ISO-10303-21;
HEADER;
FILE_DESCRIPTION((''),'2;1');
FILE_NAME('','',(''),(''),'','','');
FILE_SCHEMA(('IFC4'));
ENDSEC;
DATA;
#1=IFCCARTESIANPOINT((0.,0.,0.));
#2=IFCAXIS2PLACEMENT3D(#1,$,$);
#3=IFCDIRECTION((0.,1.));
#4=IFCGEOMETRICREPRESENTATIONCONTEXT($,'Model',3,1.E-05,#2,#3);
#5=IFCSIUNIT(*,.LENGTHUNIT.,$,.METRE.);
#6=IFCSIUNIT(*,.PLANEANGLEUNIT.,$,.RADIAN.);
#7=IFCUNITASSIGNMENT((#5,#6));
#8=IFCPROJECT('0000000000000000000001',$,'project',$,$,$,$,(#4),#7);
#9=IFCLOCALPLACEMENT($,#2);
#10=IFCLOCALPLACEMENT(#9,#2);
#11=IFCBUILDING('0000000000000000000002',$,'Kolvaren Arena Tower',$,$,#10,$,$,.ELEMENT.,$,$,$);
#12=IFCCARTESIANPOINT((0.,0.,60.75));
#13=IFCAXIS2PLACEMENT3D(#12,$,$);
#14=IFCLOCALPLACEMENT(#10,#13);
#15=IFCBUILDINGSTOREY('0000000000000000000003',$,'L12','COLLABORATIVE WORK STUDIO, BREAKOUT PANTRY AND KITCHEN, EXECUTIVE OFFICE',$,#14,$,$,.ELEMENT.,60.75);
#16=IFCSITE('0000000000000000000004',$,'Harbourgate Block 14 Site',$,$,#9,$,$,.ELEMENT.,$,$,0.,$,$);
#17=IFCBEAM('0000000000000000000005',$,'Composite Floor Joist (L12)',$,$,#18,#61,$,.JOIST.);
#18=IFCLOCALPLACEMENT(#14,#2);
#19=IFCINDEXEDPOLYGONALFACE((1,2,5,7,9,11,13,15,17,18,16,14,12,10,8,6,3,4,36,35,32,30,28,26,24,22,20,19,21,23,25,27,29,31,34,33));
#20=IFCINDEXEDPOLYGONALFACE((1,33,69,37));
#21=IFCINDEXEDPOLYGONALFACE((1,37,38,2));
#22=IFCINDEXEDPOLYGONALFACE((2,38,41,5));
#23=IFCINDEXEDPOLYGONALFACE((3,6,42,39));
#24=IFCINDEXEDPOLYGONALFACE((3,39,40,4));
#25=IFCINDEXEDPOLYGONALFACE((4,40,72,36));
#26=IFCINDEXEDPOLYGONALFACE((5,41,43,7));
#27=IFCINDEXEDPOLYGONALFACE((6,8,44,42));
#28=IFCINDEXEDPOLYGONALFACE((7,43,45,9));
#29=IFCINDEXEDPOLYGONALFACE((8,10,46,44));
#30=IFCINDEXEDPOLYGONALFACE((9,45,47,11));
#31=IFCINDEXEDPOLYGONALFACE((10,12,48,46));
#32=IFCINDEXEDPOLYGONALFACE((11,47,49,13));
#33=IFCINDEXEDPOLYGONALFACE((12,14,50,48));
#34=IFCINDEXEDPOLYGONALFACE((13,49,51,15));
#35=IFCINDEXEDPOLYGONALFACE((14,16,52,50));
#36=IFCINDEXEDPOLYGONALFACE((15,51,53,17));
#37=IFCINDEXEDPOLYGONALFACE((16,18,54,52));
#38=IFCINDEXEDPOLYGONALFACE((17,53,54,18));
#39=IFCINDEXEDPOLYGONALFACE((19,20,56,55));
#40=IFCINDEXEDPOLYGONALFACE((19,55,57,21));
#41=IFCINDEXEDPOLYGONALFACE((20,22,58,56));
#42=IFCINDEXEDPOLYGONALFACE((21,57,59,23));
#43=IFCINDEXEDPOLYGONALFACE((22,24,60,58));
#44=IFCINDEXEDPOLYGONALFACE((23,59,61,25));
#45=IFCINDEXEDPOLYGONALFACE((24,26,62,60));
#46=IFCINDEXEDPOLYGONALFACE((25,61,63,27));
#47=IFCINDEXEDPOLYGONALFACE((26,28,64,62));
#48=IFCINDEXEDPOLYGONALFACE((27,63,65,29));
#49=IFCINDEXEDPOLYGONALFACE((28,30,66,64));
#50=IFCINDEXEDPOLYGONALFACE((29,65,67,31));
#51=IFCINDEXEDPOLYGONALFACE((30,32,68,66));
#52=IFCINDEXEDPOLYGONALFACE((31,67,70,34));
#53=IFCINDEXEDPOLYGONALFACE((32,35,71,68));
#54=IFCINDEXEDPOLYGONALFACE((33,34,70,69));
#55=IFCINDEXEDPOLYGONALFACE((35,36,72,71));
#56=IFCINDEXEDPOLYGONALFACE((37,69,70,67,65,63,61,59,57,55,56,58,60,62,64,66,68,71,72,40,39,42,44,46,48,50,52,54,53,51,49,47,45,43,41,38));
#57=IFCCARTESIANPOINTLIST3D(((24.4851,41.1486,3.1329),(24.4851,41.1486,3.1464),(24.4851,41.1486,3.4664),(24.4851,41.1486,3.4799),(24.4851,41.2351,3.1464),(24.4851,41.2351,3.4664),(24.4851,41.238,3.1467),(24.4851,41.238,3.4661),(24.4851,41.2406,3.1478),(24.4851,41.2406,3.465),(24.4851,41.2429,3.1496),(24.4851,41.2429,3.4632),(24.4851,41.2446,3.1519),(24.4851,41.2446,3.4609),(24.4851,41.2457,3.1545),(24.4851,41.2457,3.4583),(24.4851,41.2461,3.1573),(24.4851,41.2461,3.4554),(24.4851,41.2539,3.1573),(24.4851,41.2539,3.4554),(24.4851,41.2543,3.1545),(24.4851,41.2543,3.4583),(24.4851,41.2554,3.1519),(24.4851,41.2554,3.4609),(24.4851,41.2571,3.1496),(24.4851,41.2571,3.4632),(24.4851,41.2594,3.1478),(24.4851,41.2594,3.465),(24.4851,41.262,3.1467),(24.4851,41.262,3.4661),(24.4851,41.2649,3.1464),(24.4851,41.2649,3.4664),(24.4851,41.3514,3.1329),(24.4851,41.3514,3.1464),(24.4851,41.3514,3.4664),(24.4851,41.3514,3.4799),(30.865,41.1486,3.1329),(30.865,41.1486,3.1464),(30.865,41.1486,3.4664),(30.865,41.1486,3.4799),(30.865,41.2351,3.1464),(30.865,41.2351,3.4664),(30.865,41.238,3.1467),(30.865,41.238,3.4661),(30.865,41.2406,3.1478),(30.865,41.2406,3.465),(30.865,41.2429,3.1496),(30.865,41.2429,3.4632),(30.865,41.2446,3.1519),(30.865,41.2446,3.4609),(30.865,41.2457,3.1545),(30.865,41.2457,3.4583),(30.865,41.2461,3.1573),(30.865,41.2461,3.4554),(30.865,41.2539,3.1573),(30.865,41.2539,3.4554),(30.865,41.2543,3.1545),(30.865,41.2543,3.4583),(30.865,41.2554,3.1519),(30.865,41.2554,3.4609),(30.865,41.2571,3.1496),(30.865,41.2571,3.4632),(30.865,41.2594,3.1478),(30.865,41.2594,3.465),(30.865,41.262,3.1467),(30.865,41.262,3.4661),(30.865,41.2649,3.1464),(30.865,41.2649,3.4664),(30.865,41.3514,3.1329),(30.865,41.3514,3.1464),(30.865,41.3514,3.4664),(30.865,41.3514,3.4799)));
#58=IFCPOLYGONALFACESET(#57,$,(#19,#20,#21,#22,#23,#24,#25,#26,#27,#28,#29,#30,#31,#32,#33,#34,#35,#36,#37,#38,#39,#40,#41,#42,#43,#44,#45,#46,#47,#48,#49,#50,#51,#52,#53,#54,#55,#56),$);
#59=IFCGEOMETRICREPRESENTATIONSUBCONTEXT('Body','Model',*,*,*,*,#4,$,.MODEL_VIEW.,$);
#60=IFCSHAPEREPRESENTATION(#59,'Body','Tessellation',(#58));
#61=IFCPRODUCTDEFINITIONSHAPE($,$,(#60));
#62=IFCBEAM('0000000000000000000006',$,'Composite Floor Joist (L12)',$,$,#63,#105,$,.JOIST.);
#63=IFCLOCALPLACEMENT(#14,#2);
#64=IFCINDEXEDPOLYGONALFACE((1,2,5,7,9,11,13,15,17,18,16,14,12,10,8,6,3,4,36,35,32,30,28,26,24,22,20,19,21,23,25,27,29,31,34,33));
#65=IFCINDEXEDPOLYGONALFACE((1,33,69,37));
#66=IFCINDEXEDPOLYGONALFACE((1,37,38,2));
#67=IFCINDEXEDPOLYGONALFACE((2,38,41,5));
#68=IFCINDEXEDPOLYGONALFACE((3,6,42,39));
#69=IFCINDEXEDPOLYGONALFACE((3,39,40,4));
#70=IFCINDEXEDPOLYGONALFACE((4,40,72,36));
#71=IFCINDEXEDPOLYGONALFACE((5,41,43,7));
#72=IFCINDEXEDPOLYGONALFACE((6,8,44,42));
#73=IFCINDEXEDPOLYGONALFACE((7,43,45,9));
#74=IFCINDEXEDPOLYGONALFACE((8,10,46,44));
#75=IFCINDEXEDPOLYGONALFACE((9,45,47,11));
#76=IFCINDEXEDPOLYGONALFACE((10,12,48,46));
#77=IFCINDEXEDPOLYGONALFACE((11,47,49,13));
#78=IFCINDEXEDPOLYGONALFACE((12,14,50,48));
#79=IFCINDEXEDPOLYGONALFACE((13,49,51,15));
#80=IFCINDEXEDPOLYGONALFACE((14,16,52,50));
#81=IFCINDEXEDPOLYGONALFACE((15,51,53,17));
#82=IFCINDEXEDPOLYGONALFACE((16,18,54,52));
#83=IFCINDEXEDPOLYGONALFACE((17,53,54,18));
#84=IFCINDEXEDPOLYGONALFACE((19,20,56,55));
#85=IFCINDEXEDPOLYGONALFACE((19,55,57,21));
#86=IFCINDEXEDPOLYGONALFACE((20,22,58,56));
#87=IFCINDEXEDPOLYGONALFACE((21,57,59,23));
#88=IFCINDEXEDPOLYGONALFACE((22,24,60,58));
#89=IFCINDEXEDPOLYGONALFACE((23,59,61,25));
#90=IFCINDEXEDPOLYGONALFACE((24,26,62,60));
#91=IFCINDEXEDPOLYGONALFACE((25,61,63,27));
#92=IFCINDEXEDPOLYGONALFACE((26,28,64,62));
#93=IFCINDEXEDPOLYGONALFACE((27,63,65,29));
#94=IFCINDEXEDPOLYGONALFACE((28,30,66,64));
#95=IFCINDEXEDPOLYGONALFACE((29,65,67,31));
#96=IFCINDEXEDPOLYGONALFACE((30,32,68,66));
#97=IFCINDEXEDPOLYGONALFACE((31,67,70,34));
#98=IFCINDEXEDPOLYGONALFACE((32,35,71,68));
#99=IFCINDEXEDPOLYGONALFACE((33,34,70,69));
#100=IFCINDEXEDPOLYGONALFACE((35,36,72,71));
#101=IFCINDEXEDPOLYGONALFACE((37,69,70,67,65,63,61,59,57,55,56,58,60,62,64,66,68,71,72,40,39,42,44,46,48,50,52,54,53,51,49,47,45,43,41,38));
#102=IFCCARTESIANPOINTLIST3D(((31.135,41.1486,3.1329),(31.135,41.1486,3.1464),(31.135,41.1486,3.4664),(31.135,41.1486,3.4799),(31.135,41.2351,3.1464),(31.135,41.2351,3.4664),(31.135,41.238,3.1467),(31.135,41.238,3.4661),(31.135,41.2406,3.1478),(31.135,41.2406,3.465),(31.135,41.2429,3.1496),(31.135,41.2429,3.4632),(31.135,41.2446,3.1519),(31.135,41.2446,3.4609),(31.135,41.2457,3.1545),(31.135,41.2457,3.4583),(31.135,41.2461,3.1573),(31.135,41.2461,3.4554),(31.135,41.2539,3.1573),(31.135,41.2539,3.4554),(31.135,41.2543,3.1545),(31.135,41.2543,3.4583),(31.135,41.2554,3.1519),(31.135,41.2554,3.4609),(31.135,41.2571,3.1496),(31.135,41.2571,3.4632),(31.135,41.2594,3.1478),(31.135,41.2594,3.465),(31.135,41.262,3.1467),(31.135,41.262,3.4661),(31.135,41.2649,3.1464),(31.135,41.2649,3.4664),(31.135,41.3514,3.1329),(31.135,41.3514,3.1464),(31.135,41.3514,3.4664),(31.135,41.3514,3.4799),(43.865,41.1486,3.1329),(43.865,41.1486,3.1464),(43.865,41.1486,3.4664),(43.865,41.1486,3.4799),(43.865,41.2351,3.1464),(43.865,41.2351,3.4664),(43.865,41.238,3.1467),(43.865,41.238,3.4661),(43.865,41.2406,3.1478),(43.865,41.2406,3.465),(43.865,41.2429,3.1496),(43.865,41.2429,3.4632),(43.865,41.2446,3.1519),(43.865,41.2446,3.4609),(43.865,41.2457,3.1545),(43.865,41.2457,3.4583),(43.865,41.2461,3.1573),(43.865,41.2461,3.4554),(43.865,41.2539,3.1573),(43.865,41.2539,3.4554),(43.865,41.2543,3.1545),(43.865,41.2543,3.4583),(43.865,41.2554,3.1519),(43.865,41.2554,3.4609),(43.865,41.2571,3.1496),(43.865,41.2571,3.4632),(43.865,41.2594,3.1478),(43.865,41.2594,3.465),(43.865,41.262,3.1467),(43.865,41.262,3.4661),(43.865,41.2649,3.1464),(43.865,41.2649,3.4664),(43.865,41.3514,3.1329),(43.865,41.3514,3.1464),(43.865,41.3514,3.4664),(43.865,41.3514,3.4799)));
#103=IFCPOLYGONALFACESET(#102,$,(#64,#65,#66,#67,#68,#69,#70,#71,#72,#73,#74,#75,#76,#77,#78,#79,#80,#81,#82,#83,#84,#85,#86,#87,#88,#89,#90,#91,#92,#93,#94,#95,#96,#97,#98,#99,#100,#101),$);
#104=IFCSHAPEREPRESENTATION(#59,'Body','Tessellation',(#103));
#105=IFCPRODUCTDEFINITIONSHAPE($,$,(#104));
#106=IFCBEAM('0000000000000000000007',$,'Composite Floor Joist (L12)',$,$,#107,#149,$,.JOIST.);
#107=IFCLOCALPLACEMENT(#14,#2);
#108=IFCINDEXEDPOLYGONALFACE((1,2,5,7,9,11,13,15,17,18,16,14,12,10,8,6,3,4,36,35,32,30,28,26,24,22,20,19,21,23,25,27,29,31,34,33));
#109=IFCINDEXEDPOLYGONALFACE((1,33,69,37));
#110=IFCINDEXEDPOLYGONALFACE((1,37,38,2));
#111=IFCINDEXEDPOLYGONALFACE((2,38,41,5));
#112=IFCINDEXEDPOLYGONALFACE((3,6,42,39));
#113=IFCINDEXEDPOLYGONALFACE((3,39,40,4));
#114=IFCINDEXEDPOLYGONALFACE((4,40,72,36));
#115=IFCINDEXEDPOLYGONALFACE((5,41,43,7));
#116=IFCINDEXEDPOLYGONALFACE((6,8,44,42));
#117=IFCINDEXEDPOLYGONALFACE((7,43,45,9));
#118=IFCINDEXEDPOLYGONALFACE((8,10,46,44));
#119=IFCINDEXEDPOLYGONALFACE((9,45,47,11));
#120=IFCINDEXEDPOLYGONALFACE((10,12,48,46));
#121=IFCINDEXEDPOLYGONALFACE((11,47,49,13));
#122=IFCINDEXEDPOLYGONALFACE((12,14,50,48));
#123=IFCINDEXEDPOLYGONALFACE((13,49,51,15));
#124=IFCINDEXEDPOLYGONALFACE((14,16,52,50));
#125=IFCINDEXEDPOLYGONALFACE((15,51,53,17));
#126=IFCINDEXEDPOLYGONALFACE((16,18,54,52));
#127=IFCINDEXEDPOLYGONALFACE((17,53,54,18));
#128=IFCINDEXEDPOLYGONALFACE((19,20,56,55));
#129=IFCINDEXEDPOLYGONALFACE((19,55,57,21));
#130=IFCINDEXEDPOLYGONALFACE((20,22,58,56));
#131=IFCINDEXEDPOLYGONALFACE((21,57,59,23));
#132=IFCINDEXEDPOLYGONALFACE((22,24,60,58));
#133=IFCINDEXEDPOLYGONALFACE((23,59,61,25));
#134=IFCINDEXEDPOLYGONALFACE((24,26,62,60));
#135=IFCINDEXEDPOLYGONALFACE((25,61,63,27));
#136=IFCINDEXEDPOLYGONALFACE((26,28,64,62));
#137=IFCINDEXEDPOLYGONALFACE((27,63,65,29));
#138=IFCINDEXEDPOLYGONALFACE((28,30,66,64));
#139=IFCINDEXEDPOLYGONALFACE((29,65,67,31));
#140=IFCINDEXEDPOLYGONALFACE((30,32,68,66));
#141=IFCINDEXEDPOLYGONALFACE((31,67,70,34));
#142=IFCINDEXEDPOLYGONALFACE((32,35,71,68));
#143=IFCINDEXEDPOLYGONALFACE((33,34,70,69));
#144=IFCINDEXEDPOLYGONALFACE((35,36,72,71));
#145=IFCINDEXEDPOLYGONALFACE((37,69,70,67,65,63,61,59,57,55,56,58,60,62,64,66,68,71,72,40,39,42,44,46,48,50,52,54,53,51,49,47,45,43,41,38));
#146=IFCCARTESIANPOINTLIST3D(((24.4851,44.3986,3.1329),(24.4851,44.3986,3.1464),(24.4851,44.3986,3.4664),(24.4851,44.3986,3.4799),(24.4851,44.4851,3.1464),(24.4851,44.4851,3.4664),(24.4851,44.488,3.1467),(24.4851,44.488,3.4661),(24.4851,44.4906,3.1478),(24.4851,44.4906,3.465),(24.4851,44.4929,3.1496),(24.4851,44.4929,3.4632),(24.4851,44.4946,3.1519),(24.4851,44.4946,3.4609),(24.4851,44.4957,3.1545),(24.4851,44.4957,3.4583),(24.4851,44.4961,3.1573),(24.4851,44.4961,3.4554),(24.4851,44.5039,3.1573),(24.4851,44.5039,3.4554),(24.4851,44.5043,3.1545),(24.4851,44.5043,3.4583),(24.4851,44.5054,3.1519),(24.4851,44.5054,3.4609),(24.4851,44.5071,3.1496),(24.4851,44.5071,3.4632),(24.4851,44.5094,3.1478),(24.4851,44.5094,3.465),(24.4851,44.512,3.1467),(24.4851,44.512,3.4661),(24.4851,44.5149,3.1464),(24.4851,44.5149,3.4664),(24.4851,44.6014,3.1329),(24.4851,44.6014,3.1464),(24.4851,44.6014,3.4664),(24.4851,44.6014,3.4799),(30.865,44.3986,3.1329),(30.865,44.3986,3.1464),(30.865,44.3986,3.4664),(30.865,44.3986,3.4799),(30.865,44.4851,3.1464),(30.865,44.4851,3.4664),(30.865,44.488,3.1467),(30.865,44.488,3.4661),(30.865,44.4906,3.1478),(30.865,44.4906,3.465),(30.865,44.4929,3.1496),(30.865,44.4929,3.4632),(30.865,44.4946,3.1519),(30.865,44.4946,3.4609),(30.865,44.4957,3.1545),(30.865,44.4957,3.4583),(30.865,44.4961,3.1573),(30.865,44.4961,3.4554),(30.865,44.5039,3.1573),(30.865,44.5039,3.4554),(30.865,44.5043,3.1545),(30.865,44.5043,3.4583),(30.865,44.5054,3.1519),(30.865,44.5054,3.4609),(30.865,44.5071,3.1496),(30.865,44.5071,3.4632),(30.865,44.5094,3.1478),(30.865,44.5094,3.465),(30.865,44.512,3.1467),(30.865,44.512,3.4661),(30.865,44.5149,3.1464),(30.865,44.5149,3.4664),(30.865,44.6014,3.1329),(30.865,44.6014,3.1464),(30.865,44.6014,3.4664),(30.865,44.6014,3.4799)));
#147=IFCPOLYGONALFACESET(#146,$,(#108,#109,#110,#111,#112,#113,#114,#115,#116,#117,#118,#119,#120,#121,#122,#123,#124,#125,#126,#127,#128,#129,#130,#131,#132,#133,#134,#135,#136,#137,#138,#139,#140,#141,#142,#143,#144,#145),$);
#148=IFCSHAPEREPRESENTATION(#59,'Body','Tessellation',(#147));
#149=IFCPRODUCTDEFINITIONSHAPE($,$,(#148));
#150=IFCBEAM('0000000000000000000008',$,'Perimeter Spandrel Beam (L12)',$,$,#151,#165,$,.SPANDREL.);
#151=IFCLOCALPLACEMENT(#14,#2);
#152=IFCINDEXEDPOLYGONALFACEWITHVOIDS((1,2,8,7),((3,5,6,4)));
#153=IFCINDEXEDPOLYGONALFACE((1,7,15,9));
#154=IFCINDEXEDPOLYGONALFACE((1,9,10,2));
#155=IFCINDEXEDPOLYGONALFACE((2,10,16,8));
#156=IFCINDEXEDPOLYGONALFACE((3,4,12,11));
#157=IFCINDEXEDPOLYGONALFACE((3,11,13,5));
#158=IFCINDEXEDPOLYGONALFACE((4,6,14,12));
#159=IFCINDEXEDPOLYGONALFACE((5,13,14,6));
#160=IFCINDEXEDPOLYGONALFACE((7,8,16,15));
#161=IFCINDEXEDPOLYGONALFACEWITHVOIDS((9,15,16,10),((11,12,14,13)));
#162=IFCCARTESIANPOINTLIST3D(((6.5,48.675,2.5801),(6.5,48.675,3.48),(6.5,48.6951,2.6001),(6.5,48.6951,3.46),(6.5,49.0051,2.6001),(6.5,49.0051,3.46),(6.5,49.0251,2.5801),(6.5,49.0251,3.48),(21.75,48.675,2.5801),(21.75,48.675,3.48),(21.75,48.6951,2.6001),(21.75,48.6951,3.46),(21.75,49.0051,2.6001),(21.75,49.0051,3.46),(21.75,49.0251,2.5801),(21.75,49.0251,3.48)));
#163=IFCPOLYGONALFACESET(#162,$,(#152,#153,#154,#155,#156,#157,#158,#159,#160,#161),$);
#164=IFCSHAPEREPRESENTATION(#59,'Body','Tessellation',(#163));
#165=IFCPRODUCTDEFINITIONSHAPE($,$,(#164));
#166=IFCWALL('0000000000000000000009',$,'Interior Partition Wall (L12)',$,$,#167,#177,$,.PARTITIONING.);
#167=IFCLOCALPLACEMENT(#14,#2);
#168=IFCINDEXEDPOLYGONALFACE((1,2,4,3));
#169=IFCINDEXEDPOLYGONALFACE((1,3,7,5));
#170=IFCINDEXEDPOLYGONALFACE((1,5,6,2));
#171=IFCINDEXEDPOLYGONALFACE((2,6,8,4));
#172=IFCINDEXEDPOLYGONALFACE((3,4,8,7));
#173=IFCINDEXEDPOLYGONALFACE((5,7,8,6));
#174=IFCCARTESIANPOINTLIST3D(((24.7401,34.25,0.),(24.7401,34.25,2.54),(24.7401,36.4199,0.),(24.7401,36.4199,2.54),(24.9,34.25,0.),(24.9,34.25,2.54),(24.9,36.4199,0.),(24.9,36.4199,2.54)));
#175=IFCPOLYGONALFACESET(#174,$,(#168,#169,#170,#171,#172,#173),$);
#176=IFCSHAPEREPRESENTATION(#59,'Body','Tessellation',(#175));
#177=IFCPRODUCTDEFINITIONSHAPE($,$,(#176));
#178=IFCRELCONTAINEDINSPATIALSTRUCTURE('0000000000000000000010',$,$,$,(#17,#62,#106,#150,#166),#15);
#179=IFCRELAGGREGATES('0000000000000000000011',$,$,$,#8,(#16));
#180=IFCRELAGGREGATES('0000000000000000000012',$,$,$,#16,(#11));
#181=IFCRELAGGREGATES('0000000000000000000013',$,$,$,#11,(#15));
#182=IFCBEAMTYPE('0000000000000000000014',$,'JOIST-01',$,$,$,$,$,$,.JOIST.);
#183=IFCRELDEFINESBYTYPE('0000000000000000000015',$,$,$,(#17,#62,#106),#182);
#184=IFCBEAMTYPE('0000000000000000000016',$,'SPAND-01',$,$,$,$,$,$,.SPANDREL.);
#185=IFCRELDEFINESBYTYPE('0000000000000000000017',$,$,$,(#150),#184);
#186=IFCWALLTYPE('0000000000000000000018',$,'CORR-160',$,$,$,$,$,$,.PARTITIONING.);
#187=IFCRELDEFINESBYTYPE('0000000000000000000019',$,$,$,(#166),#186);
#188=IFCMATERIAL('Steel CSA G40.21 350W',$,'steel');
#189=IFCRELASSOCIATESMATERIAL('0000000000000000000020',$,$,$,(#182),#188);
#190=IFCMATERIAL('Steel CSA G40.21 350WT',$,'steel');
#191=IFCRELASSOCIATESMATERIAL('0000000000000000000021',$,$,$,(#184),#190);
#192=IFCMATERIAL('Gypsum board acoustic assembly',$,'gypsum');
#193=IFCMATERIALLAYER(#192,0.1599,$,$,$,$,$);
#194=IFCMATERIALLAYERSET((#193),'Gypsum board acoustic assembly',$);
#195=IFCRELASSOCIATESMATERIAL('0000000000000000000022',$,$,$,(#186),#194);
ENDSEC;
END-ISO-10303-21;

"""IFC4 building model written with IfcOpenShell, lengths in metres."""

from ifc_helpers import new_model, si_unit, direction, frame, frame_2d, origin, origin_2d, place, context, subcontext, project, spatial, rectangle, hollow_rectangle, i_section, extrude, material, layer, layer_set, material_profile, profile_set, type_object, element, save


model = new_model("IFC4")

# Units and contexts
model_context = context("Model", 3, precision=1e-05, world=origin(), true_north=direction((0.0, 1.0)))
body_context = subcontext(model_context, "Body", "Model", "MODEL_VIEW")
ifc_project = project(units=[si_unit("LENGTHUNIT", "METRE"), si_unit("PLANEANGLEUNIT", "RADIAN")], contexts=[model_context])

# Site, building, storey
site_placement = place(None, origin())
site = spatial("IfcSite", under=ifc_project, at=site_placement, Name="Harbourgate Block 14 Site", CompositionType="ELEMENT", RefElevation=0.0)
building_placement = place(site_placement, origin())
building = spatial("IfcBuilding", under=site, at=building_placement, Name="Kolvaren Arena Tower", CompositionType="ELEMENT")
storey_placement = place(building_placement, frame((0.0, 0.0, 60.75)))
storey = spatial("IfcBuildingStorey", under=building, at=storey_placement, Name="L12", Description="COLLABORATIVE WORK STUDIO, BREAKOUT PANTRY AND KITCHEN, EXECUTIVE OFFICE", CompositionType="ELEMENT", Elevation=60.75)

# Beams
ifc_material_1 = material(Name="Steel CSA G40.21 350W", Category="steel")
ifc_material_profile_1 = material_profile(ifc_material_1, i_section(OverallWidth=0.2029, OverallDepth=0.3469, WebThickness=0.0078, FlangeThickness=0.0134, FilletRadius=0.011, at=origin_2d()), Name="W360x64")
ifc_profile_set_1 = profile_set([ifc_material_profile_1], Name="Steel CSA G40.21 350W")
beam_type_1 = type_object("IfcBeamType", Name="JOIST-01", PredefinedType="JOIST", material=ifc_profile_set_1)
beam_1_placement = place(storey_placement, frame((24.4851, 41.25, 3.3064), z_axis=(1.0, 0.0, 0.0), x_axis=(0.0, 1.0, 0.0)))
element("IfcBeam", 1, at=beam_1_placement, inside=storey, type_object=beam_type_1, Name="Composite Floor Joist (L12)", PredefinedType="JOIST", context=body_context, shape_type="SweptSolid", body=[
    extrude(i_section(OverallWidth=0.2029, OverallDepth=0.3469, WebThickness=0.0078, FlangeThickness=0.0134, FilletRadius=0.011, at=origin_2d()), origin(), (0.0, 0.0, 1.0), 6.3799),
])
beam_2_placement = place(storey_placement, frame((31.135, 41.25, 3.3064), z_axis=(1.0, 0.0, 0.0), x_axis=(0.0, 1.0, 0.0)))
element("IfcBeam", 2, at=beam_2_placement, inside=storey, type_object=beam_type_1, Name="Composite Floor Joist (L12)", PredefinedType="JOIST", context=body_context, shape_type="SweptSolid", body=[
    extrude(i_section(OverallWidth=0.2029, OverallDepth=0.3469, WebThickness=0.0078, FlangeThickness=0.0134, FilletRadius=0.011, at=origin_2d()), origin(), (0.0, 0.0, 1.0), 12.73),
])
beam_3_placement = place(storey_placement, frame((24.4851, 44.5, 3.3064), z_axis=(1.0, 0.0, 0.0), x_axis=(0.0, 1.0, 0.0)))
element("IfcBeam", 3, at=beam_3_placement, inside=storey, type_object=beam_type_1, Name="Composite Floor Joist (L12)", PredefinedType="JOIST", context=body_context, shape_type="SweptSolid", body=[
    extrude(i_section(OverallWidth=0.2029, OverallDepth=0.3469, WebThickness=0.0078, FlangeThickness=0.0134, FilletRadius=0.011, at=origin_2d()), origin(), (0.0, 0.0, 1.0), 6.3799),
])
ifc_material_2 = material(Name="Steel CSA G40.21 350WT", Category="steel")
ifc_material_profile_2 = material_profile(ifc_material_2, hollow_rectangle(XDim=0.3501, YDim=0.8999, WallThickness=0.02, at=origin_2d()), Name="HSS 900x350x20")
ifc_profile_set_2 = profile_set([ifc_material_profile_2], Name="Steel CSA G40.21 350WT")
beam_type_2 = type_object("IfcBeamType", Name="SPAND-01", PredefinedType="SPANDREL", material=ifc_profile_set_2)
beam_4_placement = place(storey_placement, frame((21.75, 48.8501, 3.03), z_axis=(-1.0, 0.0, 0.0), x_axis=(0.0, -1.0, 0.0)))
element("IfcBeam", 4, at=beam_4_placement, inside=storey, type_object=beam_type_2, Name="Perimeter Spandrel Beam (L12)", PredefinedType="SPANDREL", context=body_context, shape_type="SweptSolid", body=[
    extrude(hollow_rectangle(XDim=0.3501, YDim=0.8999, WallThickness=0.02, at=origin_2d()), origin(), (0.0, 0.0, 1.0), 15.25),
])

# Wall
ifc_material_3 = material(Name="Gypsum board acoustic assembly", Category="gypsum")
ifc_layer_1 = layer(ifc_material_3, 0.1599)
ifc_layer_set_1 = layer_set([ifc_layer_1], Name="Gypsum board acoustic assembly")
wall_type_1 = type_object("IfcWallType", Name="CORR-160", PredefinedType="PARTITIONING", material=ifc_layer_set_1)
wall_1_placement = place(storey_placement, frame((24.8201, 34.25, 0.0), z_axis=(0.0, 0.0, 1.0), x_axis=(0.0, 1.0, 0.0)))
element("IfcWall", 5, at=wall_1_placement, inside=storey, type_object=wall_type_1, Name="Interior Partition Wall (L12)", PredefinedType="PARTITIONING", context=body_context, shape_type="SweptSolid", body=[
    extrude(rectangle(XDim=2.1699, YDim=0.1599, at=frame_2d((1.085, 0.0))), origin(), (0.0, 0.0, 1.0), 2.54),
])

save(model, "model.ifc")
